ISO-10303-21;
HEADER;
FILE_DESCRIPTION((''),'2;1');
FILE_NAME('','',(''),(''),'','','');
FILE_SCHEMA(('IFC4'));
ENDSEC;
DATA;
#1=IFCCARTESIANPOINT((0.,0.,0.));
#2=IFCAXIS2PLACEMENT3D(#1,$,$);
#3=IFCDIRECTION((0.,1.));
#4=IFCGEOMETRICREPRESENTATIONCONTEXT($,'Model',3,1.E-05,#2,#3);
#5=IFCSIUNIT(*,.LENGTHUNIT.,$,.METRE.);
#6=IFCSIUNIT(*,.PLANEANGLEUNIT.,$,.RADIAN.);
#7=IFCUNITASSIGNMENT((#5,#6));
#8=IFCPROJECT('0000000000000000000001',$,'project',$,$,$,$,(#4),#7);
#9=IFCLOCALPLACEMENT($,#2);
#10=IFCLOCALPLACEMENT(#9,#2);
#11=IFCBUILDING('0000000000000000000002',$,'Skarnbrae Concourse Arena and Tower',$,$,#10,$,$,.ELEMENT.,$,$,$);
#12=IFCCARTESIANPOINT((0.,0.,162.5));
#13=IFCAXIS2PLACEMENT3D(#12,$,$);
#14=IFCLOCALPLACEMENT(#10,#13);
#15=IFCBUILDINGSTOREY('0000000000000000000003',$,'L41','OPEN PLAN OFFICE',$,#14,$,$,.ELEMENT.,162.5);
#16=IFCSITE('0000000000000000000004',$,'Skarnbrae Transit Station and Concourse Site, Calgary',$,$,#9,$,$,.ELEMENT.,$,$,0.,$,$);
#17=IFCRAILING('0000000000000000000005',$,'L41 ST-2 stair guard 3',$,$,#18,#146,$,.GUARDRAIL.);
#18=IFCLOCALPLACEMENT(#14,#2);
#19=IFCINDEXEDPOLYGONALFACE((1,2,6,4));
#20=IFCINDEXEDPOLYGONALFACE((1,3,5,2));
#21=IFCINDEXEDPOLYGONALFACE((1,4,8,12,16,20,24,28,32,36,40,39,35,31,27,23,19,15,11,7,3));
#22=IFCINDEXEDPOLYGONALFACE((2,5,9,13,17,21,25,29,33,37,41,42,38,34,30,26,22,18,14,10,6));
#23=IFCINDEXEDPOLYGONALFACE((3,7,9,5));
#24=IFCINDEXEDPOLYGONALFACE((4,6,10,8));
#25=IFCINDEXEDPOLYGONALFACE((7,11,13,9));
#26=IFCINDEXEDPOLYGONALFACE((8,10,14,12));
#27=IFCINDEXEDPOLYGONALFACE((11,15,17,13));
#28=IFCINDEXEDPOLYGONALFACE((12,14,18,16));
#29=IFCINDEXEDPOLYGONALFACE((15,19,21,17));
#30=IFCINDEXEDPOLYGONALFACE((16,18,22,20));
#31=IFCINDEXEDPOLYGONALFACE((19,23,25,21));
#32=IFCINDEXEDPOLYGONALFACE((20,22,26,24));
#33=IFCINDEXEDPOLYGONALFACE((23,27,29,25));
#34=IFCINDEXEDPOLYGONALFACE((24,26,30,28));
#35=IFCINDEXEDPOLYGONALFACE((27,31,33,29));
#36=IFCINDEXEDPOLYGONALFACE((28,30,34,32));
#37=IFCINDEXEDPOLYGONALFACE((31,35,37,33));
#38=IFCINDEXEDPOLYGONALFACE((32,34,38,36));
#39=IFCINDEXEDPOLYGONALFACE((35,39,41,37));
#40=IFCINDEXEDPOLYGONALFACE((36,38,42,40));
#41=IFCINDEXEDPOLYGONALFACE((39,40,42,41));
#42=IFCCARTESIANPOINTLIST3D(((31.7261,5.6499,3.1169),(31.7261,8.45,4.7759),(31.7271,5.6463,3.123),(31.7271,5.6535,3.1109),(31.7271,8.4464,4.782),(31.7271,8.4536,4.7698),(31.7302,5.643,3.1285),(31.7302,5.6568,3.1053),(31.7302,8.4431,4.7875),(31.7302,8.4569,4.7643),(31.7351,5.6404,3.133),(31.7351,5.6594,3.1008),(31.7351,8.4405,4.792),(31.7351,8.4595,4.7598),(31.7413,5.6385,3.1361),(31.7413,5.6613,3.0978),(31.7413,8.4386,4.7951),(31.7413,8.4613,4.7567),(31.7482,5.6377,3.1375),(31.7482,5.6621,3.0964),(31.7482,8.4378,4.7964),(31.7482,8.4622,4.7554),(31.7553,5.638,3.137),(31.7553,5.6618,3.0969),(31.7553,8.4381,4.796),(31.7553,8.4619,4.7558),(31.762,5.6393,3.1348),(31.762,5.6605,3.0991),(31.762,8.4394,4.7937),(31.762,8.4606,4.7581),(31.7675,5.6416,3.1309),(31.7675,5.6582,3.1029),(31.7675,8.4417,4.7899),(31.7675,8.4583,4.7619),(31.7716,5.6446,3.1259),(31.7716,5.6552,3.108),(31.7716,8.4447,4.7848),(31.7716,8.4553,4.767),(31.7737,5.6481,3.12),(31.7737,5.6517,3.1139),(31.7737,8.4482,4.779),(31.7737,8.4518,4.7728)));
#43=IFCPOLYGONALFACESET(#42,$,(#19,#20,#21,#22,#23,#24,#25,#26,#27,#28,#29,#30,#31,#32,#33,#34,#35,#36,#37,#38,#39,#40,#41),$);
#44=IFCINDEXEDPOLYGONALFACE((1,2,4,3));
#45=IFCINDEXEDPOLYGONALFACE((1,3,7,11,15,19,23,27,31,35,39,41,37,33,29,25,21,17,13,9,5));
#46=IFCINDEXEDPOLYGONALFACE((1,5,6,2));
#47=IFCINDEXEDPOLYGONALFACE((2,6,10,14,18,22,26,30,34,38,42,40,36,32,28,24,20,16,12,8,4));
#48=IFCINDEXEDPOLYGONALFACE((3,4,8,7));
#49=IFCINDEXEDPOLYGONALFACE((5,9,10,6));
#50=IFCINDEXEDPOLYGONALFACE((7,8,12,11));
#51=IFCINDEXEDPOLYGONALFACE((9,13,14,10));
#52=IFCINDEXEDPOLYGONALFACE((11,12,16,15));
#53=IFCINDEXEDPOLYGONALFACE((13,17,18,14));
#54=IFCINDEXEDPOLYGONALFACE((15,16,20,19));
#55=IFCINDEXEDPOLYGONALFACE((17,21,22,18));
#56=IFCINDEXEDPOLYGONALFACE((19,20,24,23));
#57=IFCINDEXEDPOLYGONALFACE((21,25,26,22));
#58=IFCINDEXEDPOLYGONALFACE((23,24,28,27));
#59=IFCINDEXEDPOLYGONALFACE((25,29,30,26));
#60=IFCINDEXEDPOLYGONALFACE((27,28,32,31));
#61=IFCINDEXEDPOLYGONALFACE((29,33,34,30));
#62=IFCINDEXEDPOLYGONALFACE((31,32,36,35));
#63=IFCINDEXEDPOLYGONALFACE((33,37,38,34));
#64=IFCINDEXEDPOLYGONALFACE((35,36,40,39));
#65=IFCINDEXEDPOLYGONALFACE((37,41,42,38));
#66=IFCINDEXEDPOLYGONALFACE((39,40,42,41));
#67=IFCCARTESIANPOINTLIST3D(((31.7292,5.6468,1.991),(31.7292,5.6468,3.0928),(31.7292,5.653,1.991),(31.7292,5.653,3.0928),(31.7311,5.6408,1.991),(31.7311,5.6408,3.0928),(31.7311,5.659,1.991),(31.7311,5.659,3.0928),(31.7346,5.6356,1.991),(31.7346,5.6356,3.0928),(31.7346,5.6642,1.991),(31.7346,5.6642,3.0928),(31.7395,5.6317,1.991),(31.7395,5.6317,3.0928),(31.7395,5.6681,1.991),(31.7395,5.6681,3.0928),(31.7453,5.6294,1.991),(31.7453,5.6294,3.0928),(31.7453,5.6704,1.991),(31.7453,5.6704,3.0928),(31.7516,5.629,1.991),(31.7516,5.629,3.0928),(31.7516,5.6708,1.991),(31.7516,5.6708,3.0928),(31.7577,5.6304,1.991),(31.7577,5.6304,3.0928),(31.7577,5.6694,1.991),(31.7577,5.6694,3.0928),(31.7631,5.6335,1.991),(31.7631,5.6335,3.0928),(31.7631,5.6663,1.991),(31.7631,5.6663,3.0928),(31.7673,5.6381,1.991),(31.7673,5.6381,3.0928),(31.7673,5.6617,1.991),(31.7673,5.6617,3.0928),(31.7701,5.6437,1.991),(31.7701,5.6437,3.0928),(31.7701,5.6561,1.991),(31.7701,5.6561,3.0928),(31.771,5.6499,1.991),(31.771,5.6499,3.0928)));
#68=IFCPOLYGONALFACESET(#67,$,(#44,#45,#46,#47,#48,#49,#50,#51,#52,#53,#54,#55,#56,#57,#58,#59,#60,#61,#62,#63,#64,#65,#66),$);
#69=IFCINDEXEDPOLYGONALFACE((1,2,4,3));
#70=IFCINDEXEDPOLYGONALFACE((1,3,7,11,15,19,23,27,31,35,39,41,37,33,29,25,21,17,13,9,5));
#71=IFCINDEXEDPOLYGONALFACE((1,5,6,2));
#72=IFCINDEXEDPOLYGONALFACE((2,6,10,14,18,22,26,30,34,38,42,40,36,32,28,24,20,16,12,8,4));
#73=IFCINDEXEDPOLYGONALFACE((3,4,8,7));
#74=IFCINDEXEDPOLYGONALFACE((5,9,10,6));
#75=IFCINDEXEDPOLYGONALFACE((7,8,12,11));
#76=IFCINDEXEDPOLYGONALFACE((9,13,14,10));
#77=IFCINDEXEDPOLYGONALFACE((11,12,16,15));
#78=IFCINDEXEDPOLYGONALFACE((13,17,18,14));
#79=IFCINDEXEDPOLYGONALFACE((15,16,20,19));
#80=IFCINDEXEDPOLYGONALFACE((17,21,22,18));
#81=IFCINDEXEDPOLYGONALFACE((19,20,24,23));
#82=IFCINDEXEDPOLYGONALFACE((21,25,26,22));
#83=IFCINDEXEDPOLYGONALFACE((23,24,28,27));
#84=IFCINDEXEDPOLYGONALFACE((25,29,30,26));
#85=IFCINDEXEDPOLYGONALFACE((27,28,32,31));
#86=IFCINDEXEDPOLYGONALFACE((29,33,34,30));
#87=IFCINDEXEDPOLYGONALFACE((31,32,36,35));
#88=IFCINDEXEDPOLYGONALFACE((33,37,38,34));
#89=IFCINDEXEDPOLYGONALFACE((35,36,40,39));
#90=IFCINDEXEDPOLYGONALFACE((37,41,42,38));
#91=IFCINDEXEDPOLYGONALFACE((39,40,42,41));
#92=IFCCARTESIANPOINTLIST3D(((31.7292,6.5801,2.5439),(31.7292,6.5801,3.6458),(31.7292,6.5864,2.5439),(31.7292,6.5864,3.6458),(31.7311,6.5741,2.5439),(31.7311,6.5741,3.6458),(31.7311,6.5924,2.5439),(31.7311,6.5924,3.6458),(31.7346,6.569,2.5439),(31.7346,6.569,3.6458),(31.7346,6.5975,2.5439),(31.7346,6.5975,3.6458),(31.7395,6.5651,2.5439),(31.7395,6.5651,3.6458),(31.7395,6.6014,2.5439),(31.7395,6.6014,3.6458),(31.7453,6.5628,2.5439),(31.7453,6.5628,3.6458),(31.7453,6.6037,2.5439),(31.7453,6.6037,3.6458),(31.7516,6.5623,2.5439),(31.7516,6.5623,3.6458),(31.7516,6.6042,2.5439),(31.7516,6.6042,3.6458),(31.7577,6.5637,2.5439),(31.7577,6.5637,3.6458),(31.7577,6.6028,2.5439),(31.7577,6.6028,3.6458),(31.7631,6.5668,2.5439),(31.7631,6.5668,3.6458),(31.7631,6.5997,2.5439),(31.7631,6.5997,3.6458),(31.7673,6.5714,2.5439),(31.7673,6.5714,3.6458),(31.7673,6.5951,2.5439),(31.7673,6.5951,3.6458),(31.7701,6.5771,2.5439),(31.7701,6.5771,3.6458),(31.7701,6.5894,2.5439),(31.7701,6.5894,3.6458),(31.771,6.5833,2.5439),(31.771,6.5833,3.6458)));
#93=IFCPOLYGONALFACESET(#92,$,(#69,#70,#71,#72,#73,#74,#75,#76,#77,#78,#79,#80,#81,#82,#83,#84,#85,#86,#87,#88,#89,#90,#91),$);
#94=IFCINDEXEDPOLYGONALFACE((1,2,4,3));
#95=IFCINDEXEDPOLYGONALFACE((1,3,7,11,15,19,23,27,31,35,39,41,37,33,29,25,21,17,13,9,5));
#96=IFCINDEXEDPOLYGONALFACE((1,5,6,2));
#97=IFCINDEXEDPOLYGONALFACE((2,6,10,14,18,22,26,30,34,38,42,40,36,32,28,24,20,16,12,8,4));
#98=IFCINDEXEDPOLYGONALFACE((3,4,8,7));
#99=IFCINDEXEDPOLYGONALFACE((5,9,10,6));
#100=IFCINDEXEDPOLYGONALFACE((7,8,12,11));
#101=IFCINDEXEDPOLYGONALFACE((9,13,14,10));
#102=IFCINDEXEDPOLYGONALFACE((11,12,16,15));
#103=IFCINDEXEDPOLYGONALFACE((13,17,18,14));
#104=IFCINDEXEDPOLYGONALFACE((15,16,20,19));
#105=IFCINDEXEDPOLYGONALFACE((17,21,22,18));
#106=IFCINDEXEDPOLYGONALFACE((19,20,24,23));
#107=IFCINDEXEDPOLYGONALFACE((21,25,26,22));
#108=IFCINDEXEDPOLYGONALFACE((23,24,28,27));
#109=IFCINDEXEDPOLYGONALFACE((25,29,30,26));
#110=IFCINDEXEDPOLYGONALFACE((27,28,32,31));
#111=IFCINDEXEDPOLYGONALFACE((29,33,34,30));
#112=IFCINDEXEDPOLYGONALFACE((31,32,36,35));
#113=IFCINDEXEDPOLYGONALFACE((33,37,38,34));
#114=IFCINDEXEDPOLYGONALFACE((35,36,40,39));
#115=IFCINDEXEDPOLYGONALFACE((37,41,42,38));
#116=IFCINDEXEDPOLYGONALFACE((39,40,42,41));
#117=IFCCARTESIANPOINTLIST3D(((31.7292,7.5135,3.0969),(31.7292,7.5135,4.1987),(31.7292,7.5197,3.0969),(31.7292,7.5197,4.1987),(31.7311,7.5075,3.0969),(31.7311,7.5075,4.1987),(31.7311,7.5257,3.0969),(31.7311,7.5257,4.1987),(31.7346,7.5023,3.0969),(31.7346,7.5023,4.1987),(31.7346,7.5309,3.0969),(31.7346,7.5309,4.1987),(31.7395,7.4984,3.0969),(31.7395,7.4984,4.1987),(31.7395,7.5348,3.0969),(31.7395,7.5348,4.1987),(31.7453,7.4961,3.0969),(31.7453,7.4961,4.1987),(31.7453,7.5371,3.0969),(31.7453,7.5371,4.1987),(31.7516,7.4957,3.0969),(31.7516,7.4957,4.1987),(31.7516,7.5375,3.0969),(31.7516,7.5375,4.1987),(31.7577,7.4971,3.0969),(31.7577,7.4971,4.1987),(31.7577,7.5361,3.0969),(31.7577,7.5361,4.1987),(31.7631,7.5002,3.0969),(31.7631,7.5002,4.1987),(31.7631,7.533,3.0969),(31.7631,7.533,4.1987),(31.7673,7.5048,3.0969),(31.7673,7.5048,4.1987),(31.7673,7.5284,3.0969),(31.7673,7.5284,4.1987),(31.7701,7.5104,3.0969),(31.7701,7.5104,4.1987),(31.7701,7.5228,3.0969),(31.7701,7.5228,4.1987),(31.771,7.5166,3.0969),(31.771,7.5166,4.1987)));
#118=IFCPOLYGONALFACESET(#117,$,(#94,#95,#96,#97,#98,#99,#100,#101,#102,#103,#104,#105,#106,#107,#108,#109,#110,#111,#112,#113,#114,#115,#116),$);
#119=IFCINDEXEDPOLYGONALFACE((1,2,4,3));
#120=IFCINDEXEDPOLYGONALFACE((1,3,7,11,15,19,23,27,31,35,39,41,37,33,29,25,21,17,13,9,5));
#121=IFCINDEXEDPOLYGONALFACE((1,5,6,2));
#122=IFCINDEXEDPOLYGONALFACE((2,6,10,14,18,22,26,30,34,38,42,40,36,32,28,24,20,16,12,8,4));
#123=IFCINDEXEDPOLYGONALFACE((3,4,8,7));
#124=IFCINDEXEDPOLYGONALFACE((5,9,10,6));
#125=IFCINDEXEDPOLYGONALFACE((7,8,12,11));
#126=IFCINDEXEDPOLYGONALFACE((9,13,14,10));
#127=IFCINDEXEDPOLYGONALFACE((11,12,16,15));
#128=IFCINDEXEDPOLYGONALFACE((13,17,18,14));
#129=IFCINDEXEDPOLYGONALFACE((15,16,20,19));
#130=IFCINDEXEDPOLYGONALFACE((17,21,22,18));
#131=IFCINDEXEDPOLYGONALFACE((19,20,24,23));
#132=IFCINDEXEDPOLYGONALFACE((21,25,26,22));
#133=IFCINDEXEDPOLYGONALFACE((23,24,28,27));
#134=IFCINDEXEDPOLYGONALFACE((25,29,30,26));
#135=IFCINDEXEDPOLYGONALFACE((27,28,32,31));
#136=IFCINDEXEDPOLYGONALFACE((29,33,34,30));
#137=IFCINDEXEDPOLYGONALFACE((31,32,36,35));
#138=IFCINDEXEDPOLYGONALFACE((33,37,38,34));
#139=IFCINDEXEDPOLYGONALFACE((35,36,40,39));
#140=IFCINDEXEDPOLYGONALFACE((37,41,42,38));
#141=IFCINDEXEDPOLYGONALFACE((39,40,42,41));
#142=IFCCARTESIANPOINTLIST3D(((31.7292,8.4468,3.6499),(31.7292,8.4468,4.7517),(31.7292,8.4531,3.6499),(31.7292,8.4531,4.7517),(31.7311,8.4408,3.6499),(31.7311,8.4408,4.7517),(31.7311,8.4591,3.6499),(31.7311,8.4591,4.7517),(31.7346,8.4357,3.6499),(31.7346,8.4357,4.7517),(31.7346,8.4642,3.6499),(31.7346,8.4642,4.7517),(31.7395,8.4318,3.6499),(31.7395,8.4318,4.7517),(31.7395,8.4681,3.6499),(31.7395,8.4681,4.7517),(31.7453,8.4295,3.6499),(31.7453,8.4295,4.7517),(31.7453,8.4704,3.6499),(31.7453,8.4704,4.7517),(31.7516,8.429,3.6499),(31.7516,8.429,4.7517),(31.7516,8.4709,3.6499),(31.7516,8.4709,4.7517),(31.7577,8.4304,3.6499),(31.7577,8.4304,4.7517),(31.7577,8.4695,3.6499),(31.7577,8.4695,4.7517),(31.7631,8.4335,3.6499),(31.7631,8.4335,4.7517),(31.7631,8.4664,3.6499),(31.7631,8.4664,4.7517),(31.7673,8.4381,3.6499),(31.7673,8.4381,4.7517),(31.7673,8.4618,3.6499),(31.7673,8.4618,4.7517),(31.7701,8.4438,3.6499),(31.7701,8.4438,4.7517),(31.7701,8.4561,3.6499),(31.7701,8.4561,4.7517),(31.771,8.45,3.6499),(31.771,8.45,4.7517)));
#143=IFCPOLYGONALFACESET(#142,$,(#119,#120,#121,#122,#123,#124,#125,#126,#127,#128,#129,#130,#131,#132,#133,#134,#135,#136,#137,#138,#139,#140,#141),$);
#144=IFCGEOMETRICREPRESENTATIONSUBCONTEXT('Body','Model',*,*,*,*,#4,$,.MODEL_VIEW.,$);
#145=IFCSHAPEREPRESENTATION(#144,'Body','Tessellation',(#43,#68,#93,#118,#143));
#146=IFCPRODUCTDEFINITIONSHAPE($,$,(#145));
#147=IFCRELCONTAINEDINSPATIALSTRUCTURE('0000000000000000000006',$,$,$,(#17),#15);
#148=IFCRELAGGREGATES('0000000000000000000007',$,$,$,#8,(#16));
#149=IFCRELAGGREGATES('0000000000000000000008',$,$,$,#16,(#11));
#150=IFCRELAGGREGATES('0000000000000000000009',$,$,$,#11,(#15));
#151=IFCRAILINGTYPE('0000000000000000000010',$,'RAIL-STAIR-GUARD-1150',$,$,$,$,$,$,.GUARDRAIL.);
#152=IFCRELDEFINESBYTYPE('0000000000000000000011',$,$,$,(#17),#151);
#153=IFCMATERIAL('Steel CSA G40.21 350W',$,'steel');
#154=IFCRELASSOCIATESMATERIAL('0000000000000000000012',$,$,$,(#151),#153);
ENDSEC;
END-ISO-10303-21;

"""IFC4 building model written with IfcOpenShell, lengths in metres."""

from ifc_helpers import new_model, si_unit, direction, frame, origin, origin_2d, place, context, subcontext, project, spatial, circle, extrude, material, type_object, element, save


model = new_model("IFC4")

# Units and contexts
model_context = context("Model", 3, precision=1e-05, world=origin(), true_north=direction((0.0, 1.0)))
body_context = subcontext(model_context, "Body", "Model", "MODEL_VIEW")
ifc_project = project(units=[si_unit("LENGTHUNIT", "METRE"), si_unit("PLANEANGLEUNIT", "RADIAN")], contexts=[model_context])

# Site, building, storey
site_placement = place(None, origin())
site = spatial("IfcSite", under=ifc_project, at=site_placement, Name="Skarnbrae Transit Station and Concourse Site, Calgary", CompositionType="ELEMENT", RefElevation=0.0)
building_placement = place(site_placement, origin())
building = spatial("IfcBuilding", under=site, at=building_placement, Name="Skarnbrae Concourse Arena and Tower", CompositionType="ELEMENT")
storey_placement = place(building_placement, frame((0.0, 0.0, 162.5)))
storey = spatial("IfcBuildingStorey", under=building, at=storey_placement, Name="L41", Description="OPEN PLAN OFFICE", CompositionType="ELEMENT", Elevation=162.5)

# Shared definitions
ifc_material_1 = material(Name="Steel CSA G40.21 350W", Category="steel")

# Railing
railing_type_1 = type_object("IfcRailingType", Name="RAIL-STAIR-GUARD-1150", PredefinedType="GUARDRAIL", material=ifc_material_1)
railing_1_placement = place(storey_placement, frame((31.75, 5.6499, 1.991)))
element("IfcRailing", 1, at=railing_1_placement, inside=storey, type_object=railing_type_1, Name="L41 ST-2 stair guard 3", PredefinedType="GUARDRAIL", context=body_context, shape_type="SweptSolid", body=[
    extrude(circle(Radius=0.0239, at=origin_2d()), frame((0.0, 0.0, 1.126), z_axis=(0.0, 0.860339, 0.509722), x_axis=(-1.0, 0.0, 0.0)), (0.0, 0.0, 1.0), 3.2546),
    extrude(circle(Radius=0.021, at=origin_2d()), origin(), (0.0, 0.0, 1.0), 1.1018),
    extrude(circle(Radius=0.021, at=origin_2d()), frame((0.0, 0.9333, 0.553)), (0.0, 0.0, 1.0), 1.1018),
    extrude(circle(Radius=0.021, at=origin_2d()), frame((0.0, 1.8667, 1.106)), (0.0, 0.0, 1.0), 1.1018),
    extrude(circle(Radius=0.021, at=origin_2d()), frame((0.0, 2.8, 1.6589)), (0.0, 0.0, 1.0), 1.1018),
])

save(model, "model.ifc")
